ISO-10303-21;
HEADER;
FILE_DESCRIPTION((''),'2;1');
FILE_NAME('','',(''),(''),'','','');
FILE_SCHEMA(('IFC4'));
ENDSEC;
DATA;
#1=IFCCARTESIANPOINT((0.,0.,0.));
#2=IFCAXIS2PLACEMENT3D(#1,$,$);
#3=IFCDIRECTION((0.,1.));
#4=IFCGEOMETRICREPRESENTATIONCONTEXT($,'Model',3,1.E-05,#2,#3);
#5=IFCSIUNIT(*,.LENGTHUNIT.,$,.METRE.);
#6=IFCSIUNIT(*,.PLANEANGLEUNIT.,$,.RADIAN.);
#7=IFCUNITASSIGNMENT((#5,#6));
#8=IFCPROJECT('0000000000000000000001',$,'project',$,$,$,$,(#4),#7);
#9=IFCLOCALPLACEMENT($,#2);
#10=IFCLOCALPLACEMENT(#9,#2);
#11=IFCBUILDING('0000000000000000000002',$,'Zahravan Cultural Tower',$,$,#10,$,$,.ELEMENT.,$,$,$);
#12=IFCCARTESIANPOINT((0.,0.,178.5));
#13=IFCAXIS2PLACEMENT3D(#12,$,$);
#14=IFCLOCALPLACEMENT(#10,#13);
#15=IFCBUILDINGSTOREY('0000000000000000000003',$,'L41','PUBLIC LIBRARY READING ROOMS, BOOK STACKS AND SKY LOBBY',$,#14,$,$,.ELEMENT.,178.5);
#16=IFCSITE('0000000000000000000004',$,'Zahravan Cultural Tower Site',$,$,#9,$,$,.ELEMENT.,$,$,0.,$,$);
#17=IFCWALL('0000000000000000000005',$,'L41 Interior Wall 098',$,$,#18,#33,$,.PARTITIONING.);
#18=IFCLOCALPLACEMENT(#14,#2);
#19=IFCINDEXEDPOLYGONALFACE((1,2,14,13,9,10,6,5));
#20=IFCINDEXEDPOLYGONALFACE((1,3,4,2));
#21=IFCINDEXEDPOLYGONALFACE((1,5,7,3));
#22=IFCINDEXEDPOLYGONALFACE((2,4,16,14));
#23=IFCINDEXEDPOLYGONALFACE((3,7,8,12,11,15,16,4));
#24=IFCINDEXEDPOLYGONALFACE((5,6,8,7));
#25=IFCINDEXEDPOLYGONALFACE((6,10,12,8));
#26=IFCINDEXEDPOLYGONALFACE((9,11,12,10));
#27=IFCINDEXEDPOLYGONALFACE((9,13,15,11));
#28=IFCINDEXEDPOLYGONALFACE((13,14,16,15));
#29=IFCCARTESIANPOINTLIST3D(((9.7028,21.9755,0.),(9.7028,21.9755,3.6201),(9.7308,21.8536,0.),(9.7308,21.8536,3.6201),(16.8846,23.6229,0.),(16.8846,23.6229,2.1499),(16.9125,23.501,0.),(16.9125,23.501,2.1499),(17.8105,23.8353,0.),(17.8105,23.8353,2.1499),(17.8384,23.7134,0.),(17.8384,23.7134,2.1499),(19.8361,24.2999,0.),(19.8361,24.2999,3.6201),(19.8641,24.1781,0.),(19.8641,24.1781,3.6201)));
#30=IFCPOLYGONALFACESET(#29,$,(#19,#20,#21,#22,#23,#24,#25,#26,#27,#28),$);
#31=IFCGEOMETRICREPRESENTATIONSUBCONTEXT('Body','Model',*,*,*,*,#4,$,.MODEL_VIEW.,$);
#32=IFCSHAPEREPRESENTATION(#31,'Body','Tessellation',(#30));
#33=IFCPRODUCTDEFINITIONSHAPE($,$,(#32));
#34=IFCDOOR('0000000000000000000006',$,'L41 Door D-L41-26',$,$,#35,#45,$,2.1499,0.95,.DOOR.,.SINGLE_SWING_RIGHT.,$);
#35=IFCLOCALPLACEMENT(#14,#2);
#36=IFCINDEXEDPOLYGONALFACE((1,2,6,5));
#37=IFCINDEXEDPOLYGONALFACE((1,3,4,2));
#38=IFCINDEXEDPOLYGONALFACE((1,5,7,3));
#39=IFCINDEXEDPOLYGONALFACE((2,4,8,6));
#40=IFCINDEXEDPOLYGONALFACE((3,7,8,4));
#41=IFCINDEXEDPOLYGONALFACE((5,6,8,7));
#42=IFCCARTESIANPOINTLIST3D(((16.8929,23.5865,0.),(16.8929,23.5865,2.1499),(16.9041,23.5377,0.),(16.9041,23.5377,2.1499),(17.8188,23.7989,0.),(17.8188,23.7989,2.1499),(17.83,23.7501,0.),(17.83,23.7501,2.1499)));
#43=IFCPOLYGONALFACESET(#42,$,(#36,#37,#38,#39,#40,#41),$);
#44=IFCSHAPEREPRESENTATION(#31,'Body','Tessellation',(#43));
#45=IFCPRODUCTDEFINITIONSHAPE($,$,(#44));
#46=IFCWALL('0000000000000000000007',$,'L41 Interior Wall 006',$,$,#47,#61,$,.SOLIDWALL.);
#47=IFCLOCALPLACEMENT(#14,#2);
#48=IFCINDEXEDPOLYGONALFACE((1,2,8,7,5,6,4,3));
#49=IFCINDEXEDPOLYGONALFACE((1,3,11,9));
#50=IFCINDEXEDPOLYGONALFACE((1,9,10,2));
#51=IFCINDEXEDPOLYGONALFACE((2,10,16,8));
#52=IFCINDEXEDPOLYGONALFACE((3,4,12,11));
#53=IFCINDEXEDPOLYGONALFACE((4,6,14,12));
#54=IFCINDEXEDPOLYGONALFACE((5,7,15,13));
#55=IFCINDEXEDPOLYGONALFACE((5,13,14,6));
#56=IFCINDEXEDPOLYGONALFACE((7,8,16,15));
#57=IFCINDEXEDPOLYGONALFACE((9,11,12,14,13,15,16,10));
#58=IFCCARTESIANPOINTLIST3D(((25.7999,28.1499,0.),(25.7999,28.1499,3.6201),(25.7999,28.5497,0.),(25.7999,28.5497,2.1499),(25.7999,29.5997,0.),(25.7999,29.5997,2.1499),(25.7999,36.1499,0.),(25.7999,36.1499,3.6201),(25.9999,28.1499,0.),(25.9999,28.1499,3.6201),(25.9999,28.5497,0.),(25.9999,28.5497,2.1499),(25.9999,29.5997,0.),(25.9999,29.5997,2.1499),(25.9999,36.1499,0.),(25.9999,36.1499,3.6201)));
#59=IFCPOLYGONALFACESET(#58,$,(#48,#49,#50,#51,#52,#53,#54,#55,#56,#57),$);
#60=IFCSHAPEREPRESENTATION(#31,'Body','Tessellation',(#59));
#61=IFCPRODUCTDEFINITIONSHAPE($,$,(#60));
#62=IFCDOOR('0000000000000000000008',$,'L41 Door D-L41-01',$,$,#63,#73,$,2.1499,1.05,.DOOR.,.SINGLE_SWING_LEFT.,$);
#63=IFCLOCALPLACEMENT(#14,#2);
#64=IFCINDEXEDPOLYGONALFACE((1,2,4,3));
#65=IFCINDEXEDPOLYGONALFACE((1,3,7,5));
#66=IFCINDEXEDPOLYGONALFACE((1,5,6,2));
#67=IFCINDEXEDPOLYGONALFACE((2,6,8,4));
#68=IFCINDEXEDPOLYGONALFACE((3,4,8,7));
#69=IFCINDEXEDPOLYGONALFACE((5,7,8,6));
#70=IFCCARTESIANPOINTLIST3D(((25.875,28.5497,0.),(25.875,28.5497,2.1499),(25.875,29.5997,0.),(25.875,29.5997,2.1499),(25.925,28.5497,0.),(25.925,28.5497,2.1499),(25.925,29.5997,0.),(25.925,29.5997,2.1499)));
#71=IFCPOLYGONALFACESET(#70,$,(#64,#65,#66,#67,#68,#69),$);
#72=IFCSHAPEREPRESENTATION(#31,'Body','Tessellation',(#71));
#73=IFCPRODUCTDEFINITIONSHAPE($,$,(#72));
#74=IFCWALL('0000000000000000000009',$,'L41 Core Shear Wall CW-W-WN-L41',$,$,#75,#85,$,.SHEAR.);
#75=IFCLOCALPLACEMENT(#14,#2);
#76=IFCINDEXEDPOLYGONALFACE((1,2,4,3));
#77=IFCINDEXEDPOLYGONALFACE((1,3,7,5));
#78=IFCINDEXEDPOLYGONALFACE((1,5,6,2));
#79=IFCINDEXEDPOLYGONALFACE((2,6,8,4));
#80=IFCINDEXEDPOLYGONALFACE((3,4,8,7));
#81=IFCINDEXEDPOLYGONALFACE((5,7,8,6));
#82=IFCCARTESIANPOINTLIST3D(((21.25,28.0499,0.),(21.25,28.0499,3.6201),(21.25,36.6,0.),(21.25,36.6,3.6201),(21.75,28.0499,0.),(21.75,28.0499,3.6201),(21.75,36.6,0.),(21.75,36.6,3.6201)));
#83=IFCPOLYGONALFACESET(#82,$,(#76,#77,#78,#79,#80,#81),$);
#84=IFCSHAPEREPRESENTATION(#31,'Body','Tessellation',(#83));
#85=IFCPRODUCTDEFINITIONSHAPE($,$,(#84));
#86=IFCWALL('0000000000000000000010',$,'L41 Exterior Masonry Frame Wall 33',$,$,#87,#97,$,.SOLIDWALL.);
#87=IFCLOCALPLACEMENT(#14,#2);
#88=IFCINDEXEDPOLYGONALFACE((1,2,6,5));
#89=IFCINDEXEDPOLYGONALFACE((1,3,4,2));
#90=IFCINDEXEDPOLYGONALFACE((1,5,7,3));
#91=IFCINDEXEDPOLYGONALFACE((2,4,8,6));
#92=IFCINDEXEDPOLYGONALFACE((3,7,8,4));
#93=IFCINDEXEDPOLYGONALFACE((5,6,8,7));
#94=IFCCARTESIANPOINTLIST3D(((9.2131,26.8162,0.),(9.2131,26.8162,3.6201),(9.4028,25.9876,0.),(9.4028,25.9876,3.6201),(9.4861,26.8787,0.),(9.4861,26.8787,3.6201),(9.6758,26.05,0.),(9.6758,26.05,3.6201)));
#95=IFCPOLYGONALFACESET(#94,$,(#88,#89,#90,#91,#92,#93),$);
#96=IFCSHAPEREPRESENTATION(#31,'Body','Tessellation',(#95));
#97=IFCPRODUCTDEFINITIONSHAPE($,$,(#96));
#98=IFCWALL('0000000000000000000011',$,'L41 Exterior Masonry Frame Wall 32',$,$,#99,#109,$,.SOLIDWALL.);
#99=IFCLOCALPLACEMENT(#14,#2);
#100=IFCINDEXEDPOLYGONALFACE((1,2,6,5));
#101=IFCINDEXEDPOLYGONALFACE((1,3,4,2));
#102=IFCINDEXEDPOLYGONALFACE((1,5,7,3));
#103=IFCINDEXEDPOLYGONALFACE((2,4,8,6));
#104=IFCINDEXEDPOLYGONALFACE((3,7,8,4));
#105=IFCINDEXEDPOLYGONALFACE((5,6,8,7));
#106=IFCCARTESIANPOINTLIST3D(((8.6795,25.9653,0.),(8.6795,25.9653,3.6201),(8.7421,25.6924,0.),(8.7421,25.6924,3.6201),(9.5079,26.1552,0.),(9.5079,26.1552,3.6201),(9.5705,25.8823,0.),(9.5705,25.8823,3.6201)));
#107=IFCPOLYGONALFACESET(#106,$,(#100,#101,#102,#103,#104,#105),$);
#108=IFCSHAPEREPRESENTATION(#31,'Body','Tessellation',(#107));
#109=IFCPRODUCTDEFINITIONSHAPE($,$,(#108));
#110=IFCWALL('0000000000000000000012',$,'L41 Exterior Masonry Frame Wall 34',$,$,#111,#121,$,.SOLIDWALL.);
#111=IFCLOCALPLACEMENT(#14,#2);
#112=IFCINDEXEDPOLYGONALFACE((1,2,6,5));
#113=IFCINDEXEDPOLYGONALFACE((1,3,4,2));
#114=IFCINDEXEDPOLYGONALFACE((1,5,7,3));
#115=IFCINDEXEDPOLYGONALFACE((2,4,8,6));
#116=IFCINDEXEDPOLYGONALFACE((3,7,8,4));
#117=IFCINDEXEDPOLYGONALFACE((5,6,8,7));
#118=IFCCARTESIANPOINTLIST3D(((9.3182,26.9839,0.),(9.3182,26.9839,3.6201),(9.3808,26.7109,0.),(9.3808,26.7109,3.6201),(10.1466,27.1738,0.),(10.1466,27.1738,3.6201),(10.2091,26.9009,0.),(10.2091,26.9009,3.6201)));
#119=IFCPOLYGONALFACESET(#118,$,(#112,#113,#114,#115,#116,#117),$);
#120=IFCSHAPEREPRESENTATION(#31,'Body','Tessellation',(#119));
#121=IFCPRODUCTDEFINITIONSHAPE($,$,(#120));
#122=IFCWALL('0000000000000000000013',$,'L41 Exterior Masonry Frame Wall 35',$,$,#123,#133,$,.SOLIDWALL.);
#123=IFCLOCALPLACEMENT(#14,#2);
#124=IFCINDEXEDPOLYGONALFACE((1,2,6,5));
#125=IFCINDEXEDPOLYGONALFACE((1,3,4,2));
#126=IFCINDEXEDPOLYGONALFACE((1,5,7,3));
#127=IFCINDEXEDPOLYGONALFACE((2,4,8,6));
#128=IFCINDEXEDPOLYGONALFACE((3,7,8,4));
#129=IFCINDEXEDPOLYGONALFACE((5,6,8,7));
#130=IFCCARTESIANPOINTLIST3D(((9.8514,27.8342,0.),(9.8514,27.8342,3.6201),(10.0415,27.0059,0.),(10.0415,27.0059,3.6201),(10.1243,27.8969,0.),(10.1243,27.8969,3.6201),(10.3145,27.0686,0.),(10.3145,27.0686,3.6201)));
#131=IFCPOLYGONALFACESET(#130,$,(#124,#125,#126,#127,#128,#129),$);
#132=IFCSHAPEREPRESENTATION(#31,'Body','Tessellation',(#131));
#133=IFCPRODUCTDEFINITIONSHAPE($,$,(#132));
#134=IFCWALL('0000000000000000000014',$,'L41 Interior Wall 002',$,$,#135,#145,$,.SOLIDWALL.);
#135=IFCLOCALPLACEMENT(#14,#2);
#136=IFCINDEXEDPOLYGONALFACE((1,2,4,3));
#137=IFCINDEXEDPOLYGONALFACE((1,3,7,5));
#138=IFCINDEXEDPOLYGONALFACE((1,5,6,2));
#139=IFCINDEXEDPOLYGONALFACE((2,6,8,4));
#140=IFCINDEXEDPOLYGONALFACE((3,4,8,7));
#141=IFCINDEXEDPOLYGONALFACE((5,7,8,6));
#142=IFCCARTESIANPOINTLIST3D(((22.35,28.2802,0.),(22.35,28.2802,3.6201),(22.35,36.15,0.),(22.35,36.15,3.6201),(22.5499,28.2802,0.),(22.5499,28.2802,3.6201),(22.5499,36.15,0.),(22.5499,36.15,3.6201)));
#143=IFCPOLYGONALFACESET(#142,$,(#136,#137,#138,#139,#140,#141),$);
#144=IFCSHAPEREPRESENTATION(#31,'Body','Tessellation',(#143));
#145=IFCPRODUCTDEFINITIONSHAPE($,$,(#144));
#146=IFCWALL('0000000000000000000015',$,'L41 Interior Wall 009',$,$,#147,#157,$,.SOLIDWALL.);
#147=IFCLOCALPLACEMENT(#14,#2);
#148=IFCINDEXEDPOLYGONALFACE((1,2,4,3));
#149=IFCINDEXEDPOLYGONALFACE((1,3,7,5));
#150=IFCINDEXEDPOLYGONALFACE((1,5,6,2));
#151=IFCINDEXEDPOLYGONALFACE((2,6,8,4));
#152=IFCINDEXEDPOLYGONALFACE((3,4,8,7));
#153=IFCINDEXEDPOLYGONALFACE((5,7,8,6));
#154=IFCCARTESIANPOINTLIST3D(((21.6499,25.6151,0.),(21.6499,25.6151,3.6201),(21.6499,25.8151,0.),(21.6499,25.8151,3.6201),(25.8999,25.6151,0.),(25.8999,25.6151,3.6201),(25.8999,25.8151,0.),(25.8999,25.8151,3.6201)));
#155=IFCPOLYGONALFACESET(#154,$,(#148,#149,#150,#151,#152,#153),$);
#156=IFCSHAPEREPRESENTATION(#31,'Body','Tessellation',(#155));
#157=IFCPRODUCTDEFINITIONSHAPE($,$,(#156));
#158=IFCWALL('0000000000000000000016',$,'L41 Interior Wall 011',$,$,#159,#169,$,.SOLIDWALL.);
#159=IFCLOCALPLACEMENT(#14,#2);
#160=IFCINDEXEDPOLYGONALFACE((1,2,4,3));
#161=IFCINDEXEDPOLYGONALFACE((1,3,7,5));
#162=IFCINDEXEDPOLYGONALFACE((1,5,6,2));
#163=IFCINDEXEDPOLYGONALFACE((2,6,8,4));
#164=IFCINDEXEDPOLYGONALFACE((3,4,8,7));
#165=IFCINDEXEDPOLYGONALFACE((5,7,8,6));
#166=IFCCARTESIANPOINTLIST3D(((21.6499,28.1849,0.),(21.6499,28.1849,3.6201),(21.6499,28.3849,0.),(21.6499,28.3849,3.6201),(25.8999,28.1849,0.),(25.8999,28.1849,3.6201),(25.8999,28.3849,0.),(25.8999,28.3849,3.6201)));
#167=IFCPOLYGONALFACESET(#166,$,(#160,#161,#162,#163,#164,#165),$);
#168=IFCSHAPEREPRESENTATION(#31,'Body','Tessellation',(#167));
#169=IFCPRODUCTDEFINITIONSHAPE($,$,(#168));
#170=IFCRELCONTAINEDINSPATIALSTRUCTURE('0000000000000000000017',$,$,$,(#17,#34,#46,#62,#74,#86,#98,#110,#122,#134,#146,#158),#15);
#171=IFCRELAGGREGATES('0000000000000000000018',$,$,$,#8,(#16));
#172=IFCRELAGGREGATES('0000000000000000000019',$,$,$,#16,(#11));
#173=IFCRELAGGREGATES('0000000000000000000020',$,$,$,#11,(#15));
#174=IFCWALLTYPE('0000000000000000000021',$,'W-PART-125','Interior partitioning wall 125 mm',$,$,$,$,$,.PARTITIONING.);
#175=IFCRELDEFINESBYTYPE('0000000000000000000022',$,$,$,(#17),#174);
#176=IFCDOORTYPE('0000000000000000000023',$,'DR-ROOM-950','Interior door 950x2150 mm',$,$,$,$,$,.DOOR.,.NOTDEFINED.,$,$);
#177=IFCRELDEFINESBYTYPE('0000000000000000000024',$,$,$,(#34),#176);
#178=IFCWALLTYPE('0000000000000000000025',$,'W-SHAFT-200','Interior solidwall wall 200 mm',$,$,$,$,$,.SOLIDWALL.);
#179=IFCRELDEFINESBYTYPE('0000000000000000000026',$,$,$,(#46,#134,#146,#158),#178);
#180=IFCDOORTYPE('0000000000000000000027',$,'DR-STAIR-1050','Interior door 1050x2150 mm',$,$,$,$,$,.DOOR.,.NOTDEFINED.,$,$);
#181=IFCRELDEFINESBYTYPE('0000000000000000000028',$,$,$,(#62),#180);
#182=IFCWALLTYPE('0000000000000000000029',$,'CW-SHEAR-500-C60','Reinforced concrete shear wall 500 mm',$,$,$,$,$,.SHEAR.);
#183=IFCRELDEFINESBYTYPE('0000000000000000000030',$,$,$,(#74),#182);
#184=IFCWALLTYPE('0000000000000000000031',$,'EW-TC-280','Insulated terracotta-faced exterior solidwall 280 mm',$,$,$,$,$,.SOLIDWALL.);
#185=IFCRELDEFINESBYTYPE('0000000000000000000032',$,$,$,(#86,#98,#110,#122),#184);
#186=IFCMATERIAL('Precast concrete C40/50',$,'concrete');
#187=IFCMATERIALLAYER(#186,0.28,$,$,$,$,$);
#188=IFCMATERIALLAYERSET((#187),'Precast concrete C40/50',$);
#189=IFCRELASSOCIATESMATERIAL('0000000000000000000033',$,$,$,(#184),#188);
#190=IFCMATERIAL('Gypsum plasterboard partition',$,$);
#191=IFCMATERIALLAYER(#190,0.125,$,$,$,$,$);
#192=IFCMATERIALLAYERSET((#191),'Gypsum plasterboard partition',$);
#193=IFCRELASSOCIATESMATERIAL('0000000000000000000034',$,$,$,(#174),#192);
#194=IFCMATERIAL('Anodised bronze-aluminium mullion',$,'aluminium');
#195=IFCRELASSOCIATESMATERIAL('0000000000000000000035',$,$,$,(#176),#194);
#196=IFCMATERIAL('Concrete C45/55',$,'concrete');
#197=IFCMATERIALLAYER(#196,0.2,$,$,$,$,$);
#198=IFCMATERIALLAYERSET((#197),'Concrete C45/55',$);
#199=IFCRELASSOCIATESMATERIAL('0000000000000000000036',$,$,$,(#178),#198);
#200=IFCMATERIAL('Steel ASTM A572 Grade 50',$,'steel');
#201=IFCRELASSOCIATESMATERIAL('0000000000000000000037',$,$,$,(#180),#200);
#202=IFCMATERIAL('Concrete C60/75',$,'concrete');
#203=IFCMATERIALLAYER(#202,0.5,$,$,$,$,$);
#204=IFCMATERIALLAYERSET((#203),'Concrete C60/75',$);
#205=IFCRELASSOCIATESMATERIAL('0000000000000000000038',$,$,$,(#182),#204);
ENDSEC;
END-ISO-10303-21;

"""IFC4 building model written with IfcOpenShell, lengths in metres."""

from ifc_helpers import new_model, si_unit, direction, frame, frame_2d, origin, place, context, subcontext, project, spatial, rectangle, extrude, source, transform, mapped, material, layer, layer_set, type_object, element, fill, save


model = new_model("IFC4")

# Units and contexts
model_context = context("Model", 3, precision=1e-05, world=origin(), true_north=direction((0.0, 1.0)))
body_context = subcontext(model_context, "Body", "Model", "MODEL_VIEW")
ifc_project = project(units=[si_unit("LENGTHUNIT", "METRE"), si_unit("PLANEANGLEUNIT", "RADIAN")], contexts=[model_context])

# Site, building, storey
site_placement = place(None, origin())
site = spatial("IfcSite", under=ifc_project, at=site_placement, Name="Zahravan Cultural Tower Site", CompositionType="ELEMENT", RefElevation=0.0)
building_placement = place(site_placement, origin())
building = spatial("IfcBuilding", under=site, at=building_placement, Name="Zahravan Cultural Tower", CompositionType="ELEMENT")
storey_placement = place(building_placement, frame((0.0, 0.0, 178.5)))
storey = spatial("IfcBuildingStorey", under=building, at=storey_placement, Name="L41", Description="PUBLIC LIBRARY READING ROOMS, BOOK STACKS AND SKY LOBBY", CompositionType="ELEMENT", Elevation=178.5)

# Shared definitions
ifc_material_1 = material(Name="Anodised bronze-aluminium mullion", Category="aluminium")

# Shared definitions
ifc_material_2 = material(Name="Precast concrete C40/50", Category="concrete")
ifc_layer_1 = layer(ifc_material_2, 0.28)
ifc_layer_set_1 = layer_set([ifc_layer_1], Name="Precast concrete C40/50")
wall_type_1 = type_object("IfcWallType", Name="EW-TC-280", Description="Insulated terracotta-faced exterior solidwall 280 mm", PredefinedType="SOLIDWALL", material=ifc_layer_set_1)

# Walls, openings, doors
ifc_material_3 = material(Name="Gypsum plasterboard partition")
ifc_layer_2 = layer(ifc_material_3, 0.125)
ifc_layer_set_2 = layer_set([ifc_layer_2], Name="Gypsum plasterboard partition")
wall_type_2 = type_object("IfcWallType", Name="W-PART-125", Description="Interior partitioning wall 125 mm", PredefinedType="PARTITIONING", material=ifc_layer_set_2)
wall_1_placement = place(storey_placement, frame((19.8501, 24.239, 0.0), z_axis=(0.0, 0.0, 1.0), x_axis=(-0.974685, -0.223582, 0.0)))
wall_1 = element("IfcWall", 1, at=wall_1_placement, inside=storey, type_object=wall_type_2, Name="L41 Interior Wall 098", PredefinedType="PARTITIONING", context=body_context, shape_type="SweptSolid", body=[
    extrude(rectangle(XDim=10.3965, YDim=0.125, at=frame_2d((5.1982, 0.0))), origin(), (0.0, 0.0, 1.0), 3.6201),
])
opening_1_placement = place(wall_1_placement, frame((2.0781, 0.0, 0.0)))
opening_1 = element("IfcOpeningElement", 2, at=opening_1_placement, cuts=wall_1, PredefinedType="OPENING", context=body_context, shape_type="SweptSolid", body=[
    extrude(rectangle(XDim=0.95, YDim=2.1499, at=frame_2d((0.4751, 1.075))), frame((0.0, 0.0725, 0.0), z_axis=(0.0, -1.0, 0.0), x_axis=(1.0, 0.0, 0.0)), (0.0, 0.0, 1.0), 0.145),
])
door_type_1 = type_object("IfcDoorType", Name="DR-ROOM-950", Description="Interior door 950x2150 mm", OperationType="NOTDEFINED", PredefinedType="DOOR", material=ifc_material_1)
shared_shape_1 = source(origin(), body_context, "Body", "SweptSolid", [
    extrude(rectangle(XDim=0.95, YDim=2.1499, at=frame_2d((0.4751, 1.075))), frame((0.0, 0.0249, 0.0), z_axis=(0.0, -1.0, 0.0), x_axis=(1.0, 0.0, 0.0)), (0.0, 0.0, 1.0), 0.05),
])
door_1_placement = place(opening_1_placement, origin())
door_1 = element("IfcDoor", 3, at=door_1_placement, inside=storey, type_object=door_type_1, Name="L41 Door D-L41-26", OperationType="SINGLE_SWING_RIGHT", OverallHeight=2.1499, OverallWidth=0.95, PredefinedType="DOOR", context=body_context, shape_type="MappedRepresentation", body=[
    mapped(shared_shape_1, transform((0.0, 0.0, 0.0), x_axis=(1.0, 0.0, 0.0), y_axis=(0.0, 1.0, 0.0), z_axis=(0.0, 0.0, 1.0), scale=1.0)),
])
fill(opening_1, door_1)
ifc_material_4 = material(Name="Concrete C45/55", Category="concrete")
ifc_layer_3 = layer(ifc_material_4, 0.2)
ifc_layer_set_3 = layer_set([ifc_layer_3], Name="Concrete C45/55")
wall_type_3 = type_object("IfcWallType", Name="W-SHAFT-200", Description="Interior solidwall wall 200 mm", PredefinedType="SOLIDWALL", material=ifc_layer_set_3)
wall_2_placement = place(storey_placement, frame((25.8999, 28.1499, 0.0), z_axis=(0.0, 0.0, 1.0), x_axis=(0.0, 1.0, 0.0)))
wall_2 = element("IfcWall", 4, at=wall_2_placement, inside=storey, type_object=wall_type_3, Name="L41 Interior Wall 006", PredefinedType="SOLIDWALL", context=body_context, shape_type="SweptSolid", body=[
    extrude(rectangle(XDim=8.0, YDim=0.2, at=frame_2d((4.0, 0.0))), origin(), (0.0, 0.0, 1.0), 3.6201),
])
opening_2_placement = place(wall_2_placement, frame((0.3999, 0.0, 0.0)))
opening_2 = element("IfcOpeningElement", 5, at=opening_2_placement, cuts=wall_2, PredefinedType="OPENING", context=body_context, shape_type="SweptSolid", body=[
    extrude(rectangle(XDim=1.05, YDim=2.1499, at=frame_2d((0.5249, 1.075))), frame((0.0, 0.1099, 0.0), z_axis=(0.0, -1.0, 0.0), x_axis=(1.0, 0.0, 0.0)), (0.0, 0.0, 1.0), 0.22),
])
ifc_material_5 = material(Name="Steel ASTM A572 Grade 50", Category="steel")
door_type_2 = type_object("IfcDoorType", Name="DR-STAIR-1050", Description="Interior door 1050x2150 mm", OperationType="NOTDEFINED", PredefinedType="DOOR", material=ifc_material_5)
shared_shape_2 = source(origin(), body_context, "Body", "SweptSolid", [
    extrude(rectangle(XDim=1.05, YDim=2.1499, at=frame_2d((0.5249, 1.075))), frame((0.0, 0.0249, 0.0), z_axis=(0.0, -1.0, 0.0), x_axis=(1.0, 0.0, 0.0)), (0.0, 0.0, 1.0), 0.05),
])
door_2_placement = place(opening_2_placement, origin())
door_2 = element("IfcDoor", 6, at=door_2_placement, inside=storey, type_object=door_type_2, Name="L41 Door D-L41-01", OperationType="SINGLE_SWING_LEFT", OverallHeight=2.1499, OverallWidth=1.05, PredefinedType="DOOR", context=body_context, shape_type="MappedRepresentation", body=[
    mapped(shared_shape_2, transform((0.0, 0.0, 0.0), x_axis=(1.0, 0.0, 0.0), y_axis=(0.0, 1.0, 0.0), z_axis=(0.0, 0.0, 1.0), scale=1.0)),
])
fill(opening_2, door_2)

# Walls
ifc_material_6 = material(Name="Concrete C60/75", Category="concrete")
ifc_layer_4 = layer(ifc_material_6, 0.5)
ifc_layer_set_4 = layer_set([ifc_layer_4], Name="Concrete C60/75")
wall_type_4 = type_object("IfcWallType", Name="CW-SHEAR-500-C60", Description="Reinforced concrete shear wall 500 mm", PredefinedType="SHEAR", material=ifc_layer_set_4)
shared_shape_3 = source(origin(), body_context, "Body", "SweptSolid", [
    extrude(rectangle(XDim=8.55, YDim=0.5, at=frame_2d((4.2749, 0.0))), origin(), (0.0, 0.0, 1.0), 3.6201),
])
wall_3_placement = place(storey_placement, frame((21.5, 28.05, 0.0), z_axis=(0.0, 0.0, 1.0), x_axis=(0.0, 1.0, 0.0)))
element("IfcWall", 7, at=wall_3_placement, inside=storey, type_object=wall_type_4, Name="L41 Core Shear Wall CW-W-WN-L41", PredefinedType="SHEAR", context=body_context, shape_type="MappedRepresentation", body=[
    mapped(shared_shape_3, transform((0.0, 0.0, 0.0), x_axis=(1.0, 0.0, 0.0), y_axis=(0.0, 1.0, 0.0), z_axis=(0.0, 0.0, 1.0), scale=1.0)),
])
shared_shape_4 = source(origin(), body_context, "Body", "SweptSolid", [
    extrude(rectangle(XDim=0.8501, YDim=0.28, at=frame_2d((0.425, 0.0))), origin(), (0.0, 0.0, 1.0), 3.6201),
])
wall_4_placement = place(storey_placement, frame((9.5393, 26.0188, 0.0), z_axis=(0.0, 0.0, 1.0), x_axis=(-0.22316, 0.974782, 0.0)))
element("IfcWall", 8, at=wall_4_placement, inside=storey, type_object=wall_type_1, Name="L41 Exterior Masonry Frame Wall 33", PredefinedType="SOLIDWALL", context=body_context, shape_type="MappedRepresentation", body=[
    mapped(shared_shape_4, transform((0.0, 0.0, 0.0), x_axis=(1.0, 0.0, 0.0), y_axis=(0.0, 1.0, 0.0), z_axis=(0.0, 0.0, 1.0), scale=1.0)),
])
shared_shape_5 = source(origin(), body_context, "Body", "SweptSolid", [
    extrude(rectangle(XDim=0.8499, YDim=0.28, at=frame_2d((0.4248, 0.0))), origin(), (0.0, 0.0, 1.0), 3.6201),
])
for number, where, z_axis, x_axis, name in (
    (9, (8.7109, 25.8289, 0.0), (0.0, 0.0, 1.0), (0.974705, 0.223496, 0.0), "L41 Exterior Masonry Frame Wall 32"),
    (10, (9.3496, 26.8474, 0.0), (0.0, 0.0, 1.0), (0.974705, 0.223496, 0.0), "L41 Exterior Masonry Frame Wall 34"),
    (11, (10.178, 27.0374, 0.0), (0.0, 0.0, 1.0), (-0.223768, 0.974642, 0.0), "L41 Exterior Masonry Frame Wall 35"),
):
    element("IfcWall", number, at=place(storey_placement, frame(where, z_axis=z_axis, x_axis=x_axis)), inside=storey, type_object=wall_type_1, Name=name, PredefinedType="SOLIDWALL", context=body_context, shape_type="MappedRepresentation", body=[
        mapped(shared_shape_5, transform((0.0, 0.0, 0.0), x_axis=(1.0, 0.0, 0.0), y_axis=(0.0, 1.0, 0.0), z_axis=(0.0, 0.0, 1.0), scale=1.0)),
    ])
shared_shape_6 = source(origin(), body_context, "Body", "SweptSolid", [
    extrude(rectangle(XDim=7.8699, YDim=0.2, at=frame_2d((3.9351, 0.0))), origin(), (0.0, 0.0, 1.0), 3.6201),
])
wall_5_placement = place(storey_placement, frame((22.45, 28.28, 0.0), z_axis=(0.0, 0.0, 1.0), x_axis=(0.0, 1.0, 0.0)))
element("IfcWall", 12, at=wall_5_placement, inside=storey, type_object=wall_type_3, Name="L41 Interior Wall 002", PredefinedType="SOLIDWALL", context=body_context, shape_type="MappedRepresentation", body=[
    mapped(shared_shape_6, transform((0.0, 0.0, 0.0), x_axis=(1.0, 0.0, 0.0), y_axis=(0.0, 1.0, 0.0), z_axis=(0.0, 0.0, 1.0), scale=1.0)),
])
shared_shape_7 = source(origin(), body_context, "Body", "SweptSolid", [
    extrude(rectangle(XDim=4.25, YDim=0.2, at=frame_2d((2.125, 0.0))), origin(), (0.0, 0.0, 1.0), 3.6201),
])
for number, where, z_axis, x_axis, name in (
    (13, (21.6499, 25.7151, 0.0), (0.0, 0.0, 1.0), (1.0, 0.0, 0.0), "L41 Interior Wall 009"),
    (14, (21.6499, 28.2849, 0.0), (0.0, 0.0, 1.0), (1.0, 0.0, 0.0), "L41 Interior Wall 011"),
):
    element("IfcWall", number, at=place(storey_placement, frame(where, z_axis=z_axis, x_axis=x_axis)), inside=storey, type_object=wall_type_3, Name=name, PredefinedType="SOLIDWALL", context=body_context, shape_type="MappedRepresentation", body=[
        mapped(shared_shape_7, transform((0.0, 0.0, 0.0), x_axis=(1.0, 0.0, 0.0), y_axis=(0.0, 1.0, 0.0), z_axis=(0.0, 0.0, 1.0), scale=1.0)),
    ])

save(model, "model.ifc")
